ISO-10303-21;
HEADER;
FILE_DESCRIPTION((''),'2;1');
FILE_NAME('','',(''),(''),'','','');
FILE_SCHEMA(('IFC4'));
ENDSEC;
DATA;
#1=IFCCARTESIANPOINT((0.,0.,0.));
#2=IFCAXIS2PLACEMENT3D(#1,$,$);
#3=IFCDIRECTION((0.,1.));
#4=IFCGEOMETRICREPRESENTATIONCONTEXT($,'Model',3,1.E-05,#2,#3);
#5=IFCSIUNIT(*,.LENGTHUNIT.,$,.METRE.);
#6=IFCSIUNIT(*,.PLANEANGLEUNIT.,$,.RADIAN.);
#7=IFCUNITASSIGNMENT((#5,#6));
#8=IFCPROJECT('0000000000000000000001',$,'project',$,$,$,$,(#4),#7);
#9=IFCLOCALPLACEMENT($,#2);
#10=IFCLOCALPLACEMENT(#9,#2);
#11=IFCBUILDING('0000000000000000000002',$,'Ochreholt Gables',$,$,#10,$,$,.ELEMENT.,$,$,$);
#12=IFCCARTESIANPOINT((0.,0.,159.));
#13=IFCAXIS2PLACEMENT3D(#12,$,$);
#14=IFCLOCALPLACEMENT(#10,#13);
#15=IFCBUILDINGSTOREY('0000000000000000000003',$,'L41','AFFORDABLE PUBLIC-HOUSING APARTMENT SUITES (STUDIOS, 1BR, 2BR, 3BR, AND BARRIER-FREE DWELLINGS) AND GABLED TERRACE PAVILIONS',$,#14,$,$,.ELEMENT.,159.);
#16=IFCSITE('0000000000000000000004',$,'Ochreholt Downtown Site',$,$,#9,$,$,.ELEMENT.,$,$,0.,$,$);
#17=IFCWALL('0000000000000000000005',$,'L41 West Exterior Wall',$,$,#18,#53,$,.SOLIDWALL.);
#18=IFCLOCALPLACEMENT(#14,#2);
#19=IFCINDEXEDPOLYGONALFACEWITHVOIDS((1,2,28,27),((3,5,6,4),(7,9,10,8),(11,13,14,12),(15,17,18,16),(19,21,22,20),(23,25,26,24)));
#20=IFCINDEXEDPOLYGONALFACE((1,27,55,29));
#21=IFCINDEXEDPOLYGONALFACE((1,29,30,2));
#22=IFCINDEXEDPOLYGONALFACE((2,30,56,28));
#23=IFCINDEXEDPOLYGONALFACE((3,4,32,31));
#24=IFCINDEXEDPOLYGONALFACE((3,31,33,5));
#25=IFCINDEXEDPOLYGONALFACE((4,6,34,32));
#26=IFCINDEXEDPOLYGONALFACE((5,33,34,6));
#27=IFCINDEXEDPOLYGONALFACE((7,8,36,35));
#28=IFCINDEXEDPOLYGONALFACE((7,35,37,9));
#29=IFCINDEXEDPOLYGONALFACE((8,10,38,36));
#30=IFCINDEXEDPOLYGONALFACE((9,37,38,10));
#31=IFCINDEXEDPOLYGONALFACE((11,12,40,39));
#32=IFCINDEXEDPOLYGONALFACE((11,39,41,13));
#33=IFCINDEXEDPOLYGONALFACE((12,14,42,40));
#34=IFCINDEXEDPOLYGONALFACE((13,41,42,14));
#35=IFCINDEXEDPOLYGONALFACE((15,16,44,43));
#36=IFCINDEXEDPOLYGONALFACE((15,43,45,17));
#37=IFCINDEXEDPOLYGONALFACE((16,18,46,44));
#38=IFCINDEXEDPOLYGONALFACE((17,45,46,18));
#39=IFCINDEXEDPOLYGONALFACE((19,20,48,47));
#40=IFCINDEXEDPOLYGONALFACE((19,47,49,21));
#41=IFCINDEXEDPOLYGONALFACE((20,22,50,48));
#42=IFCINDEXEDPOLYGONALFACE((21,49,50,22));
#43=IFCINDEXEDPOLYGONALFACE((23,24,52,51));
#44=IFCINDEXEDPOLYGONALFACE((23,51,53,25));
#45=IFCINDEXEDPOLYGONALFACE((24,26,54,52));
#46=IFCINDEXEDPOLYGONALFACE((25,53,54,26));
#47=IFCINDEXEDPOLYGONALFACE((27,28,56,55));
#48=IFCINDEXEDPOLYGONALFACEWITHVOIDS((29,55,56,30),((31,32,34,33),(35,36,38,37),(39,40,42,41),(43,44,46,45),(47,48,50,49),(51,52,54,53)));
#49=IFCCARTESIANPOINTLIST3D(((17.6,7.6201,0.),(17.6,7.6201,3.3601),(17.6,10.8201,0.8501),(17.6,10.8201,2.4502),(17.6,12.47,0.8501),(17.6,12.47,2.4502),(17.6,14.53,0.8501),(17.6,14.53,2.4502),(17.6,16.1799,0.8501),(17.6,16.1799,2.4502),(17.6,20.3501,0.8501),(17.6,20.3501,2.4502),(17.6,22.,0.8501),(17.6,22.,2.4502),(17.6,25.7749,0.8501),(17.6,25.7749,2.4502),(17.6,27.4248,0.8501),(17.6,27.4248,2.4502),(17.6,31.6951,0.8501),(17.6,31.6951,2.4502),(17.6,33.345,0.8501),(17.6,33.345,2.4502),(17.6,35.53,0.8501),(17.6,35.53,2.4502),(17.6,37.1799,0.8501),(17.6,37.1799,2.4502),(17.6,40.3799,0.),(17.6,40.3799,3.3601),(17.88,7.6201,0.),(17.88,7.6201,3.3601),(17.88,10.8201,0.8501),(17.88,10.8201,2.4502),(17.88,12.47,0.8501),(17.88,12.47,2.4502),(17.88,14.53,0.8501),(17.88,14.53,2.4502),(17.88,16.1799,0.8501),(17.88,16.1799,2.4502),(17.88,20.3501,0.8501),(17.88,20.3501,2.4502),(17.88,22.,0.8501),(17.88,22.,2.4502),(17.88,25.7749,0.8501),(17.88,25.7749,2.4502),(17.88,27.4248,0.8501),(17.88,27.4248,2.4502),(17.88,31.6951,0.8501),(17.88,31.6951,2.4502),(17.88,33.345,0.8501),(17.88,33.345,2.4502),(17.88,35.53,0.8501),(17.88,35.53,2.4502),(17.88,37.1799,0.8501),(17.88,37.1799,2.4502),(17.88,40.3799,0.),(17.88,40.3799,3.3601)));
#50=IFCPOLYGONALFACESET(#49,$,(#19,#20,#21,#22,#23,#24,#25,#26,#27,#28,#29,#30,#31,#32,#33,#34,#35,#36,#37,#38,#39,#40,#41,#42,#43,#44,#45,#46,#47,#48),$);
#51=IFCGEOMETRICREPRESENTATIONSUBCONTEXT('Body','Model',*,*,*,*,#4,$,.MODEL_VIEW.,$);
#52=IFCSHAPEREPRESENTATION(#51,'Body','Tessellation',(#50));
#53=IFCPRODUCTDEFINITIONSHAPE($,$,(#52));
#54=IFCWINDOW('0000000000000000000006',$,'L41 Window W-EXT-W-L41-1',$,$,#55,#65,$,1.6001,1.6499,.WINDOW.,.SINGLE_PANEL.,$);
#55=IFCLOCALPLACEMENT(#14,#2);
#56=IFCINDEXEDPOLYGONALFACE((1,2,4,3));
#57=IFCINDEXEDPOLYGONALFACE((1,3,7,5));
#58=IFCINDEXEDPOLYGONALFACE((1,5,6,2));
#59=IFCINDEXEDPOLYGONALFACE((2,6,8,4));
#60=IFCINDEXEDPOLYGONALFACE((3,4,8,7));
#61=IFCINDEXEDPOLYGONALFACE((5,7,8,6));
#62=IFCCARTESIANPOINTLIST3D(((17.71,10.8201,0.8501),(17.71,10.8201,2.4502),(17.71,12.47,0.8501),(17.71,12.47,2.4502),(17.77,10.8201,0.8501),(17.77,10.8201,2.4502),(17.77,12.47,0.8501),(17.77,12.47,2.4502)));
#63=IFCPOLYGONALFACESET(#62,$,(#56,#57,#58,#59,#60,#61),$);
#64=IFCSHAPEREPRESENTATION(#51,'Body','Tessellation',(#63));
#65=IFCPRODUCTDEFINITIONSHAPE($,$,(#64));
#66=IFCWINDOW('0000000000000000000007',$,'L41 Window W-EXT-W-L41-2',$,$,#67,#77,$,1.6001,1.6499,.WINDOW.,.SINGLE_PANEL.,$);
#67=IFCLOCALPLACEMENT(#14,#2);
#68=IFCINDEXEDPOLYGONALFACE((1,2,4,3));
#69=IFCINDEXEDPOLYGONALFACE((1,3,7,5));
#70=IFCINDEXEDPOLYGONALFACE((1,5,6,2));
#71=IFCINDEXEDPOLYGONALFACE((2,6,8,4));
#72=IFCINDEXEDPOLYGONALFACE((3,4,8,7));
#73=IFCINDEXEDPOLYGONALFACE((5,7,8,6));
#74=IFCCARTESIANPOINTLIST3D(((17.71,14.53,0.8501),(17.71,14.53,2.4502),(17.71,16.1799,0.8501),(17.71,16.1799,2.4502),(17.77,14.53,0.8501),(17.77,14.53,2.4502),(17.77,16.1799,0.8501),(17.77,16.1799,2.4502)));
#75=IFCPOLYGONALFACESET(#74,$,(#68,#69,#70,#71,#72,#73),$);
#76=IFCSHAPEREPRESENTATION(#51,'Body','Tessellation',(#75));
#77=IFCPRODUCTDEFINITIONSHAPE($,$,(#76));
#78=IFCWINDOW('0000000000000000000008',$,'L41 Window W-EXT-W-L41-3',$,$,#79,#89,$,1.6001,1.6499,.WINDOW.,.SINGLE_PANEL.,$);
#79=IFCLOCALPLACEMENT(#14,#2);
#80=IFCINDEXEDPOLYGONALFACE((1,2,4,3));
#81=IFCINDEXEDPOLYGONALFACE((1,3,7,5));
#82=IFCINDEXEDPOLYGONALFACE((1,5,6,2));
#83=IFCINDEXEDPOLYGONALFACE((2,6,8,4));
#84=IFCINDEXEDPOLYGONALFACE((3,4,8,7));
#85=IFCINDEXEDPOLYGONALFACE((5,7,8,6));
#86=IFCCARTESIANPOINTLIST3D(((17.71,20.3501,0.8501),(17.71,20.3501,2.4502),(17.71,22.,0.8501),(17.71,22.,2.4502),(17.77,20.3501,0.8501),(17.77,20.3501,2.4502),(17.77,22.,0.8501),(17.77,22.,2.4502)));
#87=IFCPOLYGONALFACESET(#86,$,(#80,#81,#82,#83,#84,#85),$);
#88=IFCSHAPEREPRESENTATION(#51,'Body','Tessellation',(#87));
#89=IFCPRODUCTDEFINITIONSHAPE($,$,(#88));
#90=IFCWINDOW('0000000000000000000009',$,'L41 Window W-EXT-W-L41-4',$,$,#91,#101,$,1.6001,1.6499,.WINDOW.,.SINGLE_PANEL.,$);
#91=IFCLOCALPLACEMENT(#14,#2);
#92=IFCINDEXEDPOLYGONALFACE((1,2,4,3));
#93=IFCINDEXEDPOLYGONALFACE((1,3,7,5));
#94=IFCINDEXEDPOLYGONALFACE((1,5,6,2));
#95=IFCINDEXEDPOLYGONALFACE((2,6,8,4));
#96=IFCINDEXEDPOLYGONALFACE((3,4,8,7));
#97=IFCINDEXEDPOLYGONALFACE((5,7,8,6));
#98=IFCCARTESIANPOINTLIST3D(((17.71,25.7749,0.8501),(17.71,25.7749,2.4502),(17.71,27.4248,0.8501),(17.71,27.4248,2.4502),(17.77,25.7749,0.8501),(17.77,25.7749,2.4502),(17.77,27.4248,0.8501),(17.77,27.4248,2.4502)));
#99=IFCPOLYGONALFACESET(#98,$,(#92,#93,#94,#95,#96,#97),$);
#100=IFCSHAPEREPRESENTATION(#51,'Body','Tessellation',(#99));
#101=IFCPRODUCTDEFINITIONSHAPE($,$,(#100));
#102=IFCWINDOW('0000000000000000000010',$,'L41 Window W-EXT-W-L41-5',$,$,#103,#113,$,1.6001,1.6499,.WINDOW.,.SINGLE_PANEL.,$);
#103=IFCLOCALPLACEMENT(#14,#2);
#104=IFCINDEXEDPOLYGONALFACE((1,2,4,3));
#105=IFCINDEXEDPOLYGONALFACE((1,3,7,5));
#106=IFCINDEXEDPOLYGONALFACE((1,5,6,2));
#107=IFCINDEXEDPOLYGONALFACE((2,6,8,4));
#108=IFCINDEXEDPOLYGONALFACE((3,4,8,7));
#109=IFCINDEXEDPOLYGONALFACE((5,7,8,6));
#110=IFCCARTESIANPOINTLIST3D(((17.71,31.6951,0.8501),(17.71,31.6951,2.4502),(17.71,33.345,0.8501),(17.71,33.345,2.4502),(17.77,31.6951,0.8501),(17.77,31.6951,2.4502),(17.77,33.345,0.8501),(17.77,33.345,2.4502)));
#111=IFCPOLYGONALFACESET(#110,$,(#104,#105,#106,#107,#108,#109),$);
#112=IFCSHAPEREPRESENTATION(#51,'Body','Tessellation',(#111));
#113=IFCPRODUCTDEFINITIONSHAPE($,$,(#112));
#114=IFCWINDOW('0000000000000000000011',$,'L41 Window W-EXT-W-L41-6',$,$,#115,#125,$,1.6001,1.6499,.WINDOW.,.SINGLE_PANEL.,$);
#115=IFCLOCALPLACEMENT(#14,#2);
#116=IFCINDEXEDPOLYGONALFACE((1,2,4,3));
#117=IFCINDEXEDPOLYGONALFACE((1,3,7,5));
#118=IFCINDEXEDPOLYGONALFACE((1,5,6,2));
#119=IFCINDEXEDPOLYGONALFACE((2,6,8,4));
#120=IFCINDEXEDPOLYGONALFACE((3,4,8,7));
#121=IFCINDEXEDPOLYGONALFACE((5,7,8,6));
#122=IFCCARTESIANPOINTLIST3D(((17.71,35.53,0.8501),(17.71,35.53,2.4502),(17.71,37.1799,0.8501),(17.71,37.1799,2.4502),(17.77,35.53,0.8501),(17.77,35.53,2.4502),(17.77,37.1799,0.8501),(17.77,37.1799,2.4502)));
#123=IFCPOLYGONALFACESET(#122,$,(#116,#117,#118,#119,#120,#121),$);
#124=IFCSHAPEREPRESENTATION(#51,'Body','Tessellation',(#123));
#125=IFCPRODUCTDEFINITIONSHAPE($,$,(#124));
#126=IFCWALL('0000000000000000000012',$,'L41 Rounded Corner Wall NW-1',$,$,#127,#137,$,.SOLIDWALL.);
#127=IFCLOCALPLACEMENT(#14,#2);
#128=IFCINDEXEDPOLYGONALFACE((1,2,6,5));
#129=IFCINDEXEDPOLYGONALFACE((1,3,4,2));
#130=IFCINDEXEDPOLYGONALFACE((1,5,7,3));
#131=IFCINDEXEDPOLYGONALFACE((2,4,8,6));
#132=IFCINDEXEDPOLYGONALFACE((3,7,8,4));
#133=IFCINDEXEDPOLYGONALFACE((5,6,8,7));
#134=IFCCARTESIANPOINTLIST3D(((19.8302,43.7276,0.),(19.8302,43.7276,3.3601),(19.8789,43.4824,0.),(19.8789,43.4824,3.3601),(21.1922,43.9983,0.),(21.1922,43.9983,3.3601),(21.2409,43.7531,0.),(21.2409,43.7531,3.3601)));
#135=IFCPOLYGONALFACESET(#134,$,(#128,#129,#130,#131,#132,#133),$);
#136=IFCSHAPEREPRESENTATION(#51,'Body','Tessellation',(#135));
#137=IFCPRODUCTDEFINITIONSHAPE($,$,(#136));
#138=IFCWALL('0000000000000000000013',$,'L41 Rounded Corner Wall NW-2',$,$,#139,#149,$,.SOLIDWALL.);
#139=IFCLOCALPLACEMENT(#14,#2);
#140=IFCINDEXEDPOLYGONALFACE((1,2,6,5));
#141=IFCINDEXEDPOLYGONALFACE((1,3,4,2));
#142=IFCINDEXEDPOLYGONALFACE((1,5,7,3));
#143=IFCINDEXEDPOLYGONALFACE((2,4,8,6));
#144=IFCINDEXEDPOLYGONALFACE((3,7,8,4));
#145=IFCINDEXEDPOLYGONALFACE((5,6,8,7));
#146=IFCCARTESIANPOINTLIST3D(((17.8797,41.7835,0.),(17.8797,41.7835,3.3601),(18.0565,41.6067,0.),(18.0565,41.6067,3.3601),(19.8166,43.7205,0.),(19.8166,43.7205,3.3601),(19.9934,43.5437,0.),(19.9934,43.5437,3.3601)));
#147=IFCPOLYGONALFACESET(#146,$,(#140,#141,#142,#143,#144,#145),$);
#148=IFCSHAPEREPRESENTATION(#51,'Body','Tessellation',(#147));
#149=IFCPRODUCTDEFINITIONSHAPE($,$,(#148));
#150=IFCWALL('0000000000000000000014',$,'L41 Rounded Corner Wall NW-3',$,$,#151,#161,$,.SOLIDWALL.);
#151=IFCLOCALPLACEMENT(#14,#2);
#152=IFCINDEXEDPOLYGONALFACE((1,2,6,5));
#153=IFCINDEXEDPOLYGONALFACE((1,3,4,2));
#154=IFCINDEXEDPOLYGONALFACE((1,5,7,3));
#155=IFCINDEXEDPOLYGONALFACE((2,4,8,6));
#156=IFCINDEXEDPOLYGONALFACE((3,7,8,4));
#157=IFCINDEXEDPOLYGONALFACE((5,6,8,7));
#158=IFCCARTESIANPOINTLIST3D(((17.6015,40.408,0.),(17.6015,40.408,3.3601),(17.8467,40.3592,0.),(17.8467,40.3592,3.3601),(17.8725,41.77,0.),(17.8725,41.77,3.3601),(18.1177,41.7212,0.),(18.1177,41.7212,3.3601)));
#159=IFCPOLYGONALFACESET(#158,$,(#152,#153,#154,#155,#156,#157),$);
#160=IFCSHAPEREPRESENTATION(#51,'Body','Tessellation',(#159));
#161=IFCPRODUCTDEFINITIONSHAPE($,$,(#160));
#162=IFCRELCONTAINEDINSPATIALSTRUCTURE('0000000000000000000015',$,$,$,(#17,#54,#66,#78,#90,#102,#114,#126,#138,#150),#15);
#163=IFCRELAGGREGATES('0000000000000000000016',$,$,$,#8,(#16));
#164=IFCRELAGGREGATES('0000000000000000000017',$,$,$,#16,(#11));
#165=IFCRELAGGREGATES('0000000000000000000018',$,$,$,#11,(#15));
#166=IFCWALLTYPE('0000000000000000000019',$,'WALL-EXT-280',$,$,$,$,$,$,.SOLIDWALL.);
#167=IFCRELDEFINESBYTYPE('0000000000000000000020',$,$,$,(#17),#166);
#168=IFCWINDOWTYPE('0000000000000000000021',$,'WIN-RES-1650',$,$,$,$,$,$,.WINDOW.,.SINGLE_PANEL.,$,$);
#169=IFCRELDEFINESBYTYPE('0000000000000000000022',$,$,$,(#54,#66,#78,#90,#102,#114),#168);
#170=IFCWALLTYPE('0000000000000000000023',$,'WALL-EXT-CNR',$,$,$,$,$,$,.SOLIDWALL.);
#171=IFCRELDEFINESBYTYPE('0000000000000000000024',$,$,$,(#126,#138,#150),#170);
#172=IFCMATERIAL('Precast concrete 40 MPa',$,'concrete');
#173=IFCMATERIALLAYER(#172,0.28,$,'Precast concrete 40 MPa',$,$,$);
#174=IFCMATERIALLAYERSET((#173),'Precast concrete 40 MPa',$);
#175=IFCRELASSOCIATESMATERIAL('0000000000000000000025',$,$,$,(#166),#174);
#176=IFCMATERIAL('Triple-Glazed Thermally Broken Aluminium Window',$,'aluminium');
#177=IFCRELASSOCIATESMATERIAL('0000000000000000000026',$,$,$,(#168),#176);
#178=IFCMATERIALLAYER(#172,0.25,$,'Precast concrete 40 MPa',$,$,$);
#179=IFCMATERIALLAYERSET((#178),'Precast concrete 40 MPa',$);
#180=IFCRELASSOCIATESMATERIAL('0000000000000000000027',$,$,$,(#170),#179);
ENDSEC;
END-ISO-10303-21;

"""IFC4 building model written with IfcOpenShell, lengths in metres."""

from ifc_helpers import new_model, si_unit, direction, frame, frame_2d, origin, place, context, subcontext, project, spatial, rectangle, extrude, material, layer, layer_set, type_object, element, fill, save


model = new_model("IFC4")

# Units and contexts
model_context = context("Model", 3, precision=1e-05, world=origin(), true_north=direction((0.0, 1.0)))
body_context = subcontext(model_context, "Body", "Model", "MODEL_VIEW")
ifc_project = project(units=[si_unit("LENGTHUNIT", "METRE"), si_unit("PLANEANGLEUNIT", "RADIAN")], contexts=[model_context])

# Site, building, storey
site_placement = place(None, origin())
site = spatial("IfcSite", under=ifc_project, at=site_placement, Name="Ochreholt Downtown Site", CompositionType="ELEMENT", RefElevation=0.0)
building_placement = place(site_placement, origin())
building = spatial("IfcBuilding", under=site, at=building_placement, Name="Ochreholt Gables", CompositionType="ELEMENT")
storey_placement = place(building_placement, frame((0.0, 0.0, 159.0)))
storey = spatial("IfcBuildingStorey", under=building, at=storey_placement, Name="L41", Description="AFFORDABLE PUBLIC-HOUSING APARTMENT SUITES (STUDIOS, 1BR, 2BR, 3BR, AND BARRIER-FREE DWELLINGS) AND GABLED TERRACE PAVILIONS", CompositionType="ELEMENT", Elevation=159.0)

# Wall, openings, windows
ifc_material_1 = material(Name="Precast concrete 40 MPa", Category="concrete")
ifc_layer_1 = layer(ifc_material_1, 0.28, Name="Precast concrete 40 MPa")
ifc_layer_set_1 = layer_set([ifc_layer_1], Name="Precast concrete 40 MPa")
wall_type_1 = type_object("IfcWallType", Name="WALL-EXT-280", PredefinedType="SOLIDWALL", material=ifc_layer_set_1)
wall_1_placement = place(storey_placement, frame((17.74, 40.3799, 0.0), z_axis=(0.0, 0.0, 1.0), x_axis=(0.0, -1.0, 0.0)))
wall_1 = element("IfcWall", 1, at=wall_1_placement, inside=storey, type_object=wall_type_1, Name="L41 West Exterior Wall", PredefinedType="SOLIDWALL", context=body_context, shape_type="SweptSolid", body=[
    extrude(rectangle(XDim=32.7598, YDim=0.28, at=frame_2d((16.3799, 0.0))), origin(), (0.0, 0.0, 1.0), 3.3601),
])
opening_1_placement = place(wall_1_placement, frame((27.9099, 0.0, 0.8501)))
opening_1 = element("IfcOpeningElement", 2, at=opening_1_placement, cuts=wall_1, PredefinedType="OPENING", context=body_context, shape_type="SweptSolid", body=[
    extrude(rectangle(XDim=1.6499, YDim=1.6001, at=frame_2d((0.825, 0.8))), frame((0.0, 0.1499, 0.0), z_axis=(0.0, -1.0, 0.0), x_axis=(1.0, 0.0, 0.0)), (0.0, 0.0, 1.0), 0.3),
])
opening_2_placement = place(wall_1_placement, frame((24.2, 0.0, 0.8501)))
opening_2 = element("IfcOpeningElement", 3, at=opening_2_placement, cuts=wall_1, PredefinedType="OPENING", context=body_context, shape_type="SweptSolid", body=[
    extrude(rectangle(XDim=1.6499, YDim=1.6001, at=frame_2d((0.825, 0.8))), frame((0.0, 0.1499, 0.0), z_axis=(0.0, -1.0, 0.0), x_axis=(1.0, 0.0, 0.0)), (0.0, 0.0, 1.0), 0.3),
])
opening_3_placement = place(wall_1_placement, frame((18.3799, 0.0, 0.8501)))
opening_3 = element("IfcOpeningElement", 4, at=opening_3_placement, cuts=wall_1, PredefinedType="OPENING", context=body_context, shape_type="SweptSolid", body=[
    extrude(rectangle(XDim=1.6499, YDim=1.6001, at=frame_2d((0.825, 0.8))), frame((0.0, 0.1499, 0.0), z_axis=(0.0, -1.0, 0.0), x_axis=(1.0, 0.0, 0.0)), (0.0, 0.0, 1.0), 0.3),
])
opening_4_placement = place(wall_1_placement, frame((12.9551, 0.0, 0.8501)))
opening_4 = element("IfcOpeningElement", 5, at=opening_4_placement, cuts=wall_1, PredefinedType="OPENING", context=body_context, shape_type="SweptSolid", body=[
    extrude(rectangle(XDim=1.6499, YDim=1.6001, at=frame_2d((0.825, 0.8))), frame((0.0, 0.1499, 0.0), z_axis=(0.0, -1.0, 0.0), x_axis=(1.0, 0.0, 0.0)), (0.0, 0.0, 1.0), 0.3),
])
opening_5_placement = place(wall_1_placement, frame((7.0349, 0.0, 0.8501)))
opening_5 = element("IfcOpeningElement", 6, at=opening_5_placement, cuts=wall_1, PredefinedType="OPENING", context=body_context, shape_type="SweptSolid", body=[
    extrude(rectangle(XDim=1.6499, YDim=1.6001, at=frame_2d((0.825, 0.8))), frame((0.0, 0.1499, 0.0), z_axis=(0.0, -1.0, 0.0), x_axis=(1.0, 0.0, 0.0)), (0.0, 0.0, 1.0), 0.3),
])
opening_6_placement = place(wall_1_placement, frame((3.2, 0.0, 0.8501)))
opening_6 = element("IfcOpeningElement", 7, at=opening_6_placement, cuts=wall_1, PredefinedType="OPENING", context=body_context, shape_type="SweptSolid", body=[
    extrude(rectangle(XDim=1.6499, YDim=1.6001, at=frame_2d((0.825, 0.8))), frame((0.0, 0.1499, 0.0), z_axis=(0.0, -1.0, 0.0), x_axis=(1.0, 0.0, 0.0)), (0.0, 0.0, 1.0), 0.3),
])
ifc_material_2 = material(Name="Triple-Glazed Thermally Broken Aluminium Window", Category="aluminium")
window_type = type_object("IfcWindowType", Name="WIN-RES-1650", PartitioningType="SINGLE_PANEL", PredefinedType="WINDOW", material=ifc_material_2)
window_1_placement = place(opening_1_placement, origin())
window_1 = element("IfcWindow", 8, at=window_1_placement, inside=storey, type_object=window_type, Name="L41 Window W-EXT-W-L41-1", OverallHeight=1.6001, OverallWidth=1.6499, PartitioningType="SINGLE_PANEL", PredefinedType="WINDOW", context=body_context, shape_type="SweptSolid", body=[
    extrude(rectangle(XDim=1.6499, YDim=1.6001, at=frame_2d((0.825, 0.8))), frame((0.0, 0.03, 0.0), z_axis=(0.0, -1.0, 0.0), x_axis=(1.0, 0.0, 0.0)), (0.0, 0.0, 1.0), 0.0601),
])
fill(opening_1, window_1)
window_2_placement = place(opening_2_placement, origin())
window_2 = element("IfcWindow", 9, at=window_2_placement, inside=storey, type_object=window_type, Name="L41 Window W-EXT-W-L41-2", OverallHeight=1.6001, OverallWidth=1.6499, PartitioningType="SINGLE_PANEL", PredefinedType="WINDOW", context=body_context, shape_type="SweptSolid", body=[
    extrude(rectangle(XDim=1.6499, YDim=1.6001, at=frame_2d((0.825, 0.8))), frame((0.0, 0.03, 0.0), z_axis=(0.0, -1.0, 0.0), x_axis=(1.0, 0.0, 0.0)), (0.0, 0.0, 1.0), 0.0601),
])
fill(opening_2, window_2)
window_3_placement = place(opening_3_placement, origin())
window_3 = element("IfcWindow", 10, at=window_3_placement, inside=storey, type_object=window_type, Name="L41 Window W-EXT-W-L41-3", OverallHeight=1.6001, OverallWidth=1.6499, PartitioningType="SINGLE_PANEL", PredefinedType="WINDOW", context=body_context, shape_type="SweptSolid", body=[
    extrude(rectangle(XDim=1.6499, YDim=1.6001, at=frame_2d((0.825, 0.8))), frame((0.0, 0.03, 0.0), z_axis=(0.0, -1.0, 0.0), x_axis=(1.0, 0.0, 0.0)), (0.0, 0.0, 1.0), 0.0601),
])
fill(opening_3, window_3)
window_4_placement = place(opening_4_placement, origin())
window_4 = element("IfcWindow", 11, at=window_4_placement, inside=storey, type_object=window_type, Name="L41 Window W-EXT-W-L41-4", OverallHeight=1.6001, OverallWidth=1.6499, PartitioningType="SINGLE_PANEL", PredefinedType="WINDOW", context=body_context, shape_type="SweptSolid", body=[
    extrude(rectangle(XDim=1.6499, YDim=1.6001, at=frame_2d((0.825, 0.8))), frame((0.0, 0.03, 0.0), z_axis=(0.0, -1.0, 0.0), x_axis=(1.0, 0.0, 0.0)), (0.0, 0.0, 1.0), 0.0601),
])
fill(opening_4, window_4)
window_5_placement = place(opening_5_placement, origin())
window_5 = element("IfcWindow", 12, at=window_5_placement, inside=storey, type_object=window_type, Name="L41 Window W-EXT-W-L41-5", OverallHeight=1.6001, OverallWidth=1.6499, PartitioningType="SINGLE_PANEL", PredefinedType="WINDOW", context=body_context, shape_type="SweptSolid", body=[
    extrude(rectangle(XDim=1.6499, YDim=1.6001, at=frame_2d((0.825, 0.8))), frame((0.0, 0.03, 0.0), z_axis=(0.0, -1.0, 0.0), x_axis=(1.0, 0.0, 0.0)), (0.0, 0.0, 1.0), 0.0601),
])
fill(opening_5, window_5)
window_6_placement = place(opening_6_placement, origin())
window_6 = element("IfcWindow", 13, at=window_6_placement, inside=storey, type_object=window_type, Name="L41 Window W-EXT-W-L41-6", OverallHeight=1.6001, OverallWidth=1.6499, PartitioningType="SINGLE_PANEL", PredefinedType="WINDOW", context=body_context, shape_type="SweptSolid", body=[
    extrude(rectangle(XDim=1.6499, YDim=1.6001, at=frame_2d((0.825, 0.8))), frame((0.0, 0.03, 0.0), z_axis=(0.0, -1.0, 0.0), x_axis=(1.0, 0.0, 0.0)), (0.0, 0.0, 1.0), 0.0601),
])
fill(opening_6, window_6)

# Walls
ifc_layer_2 = layer(ifc_material_1, 0.25, Name="Precast concrete 40 MPa")
ifc_layer_set_2 = layer_set([ifc_layer_2], Name="Precast concrete 40 MPa")
wall_type_2 = type_object("IfcWallType", Name="WALL-EXT-CNR", PredefinedType="SOLIDWALL", material=ifc_layer_set_2)
wall_2_placement = place(storey_placement, frame((21.2166, 43.8757, 0.0), z_axis=(0.0, 0.0, 1.0), x_axis=(-0.98081, -0.194967, 0.0)))
element("IfcWall", 14, at=wall_2_placement, inside=storey, type_object=wall_type_2, Name="L41 Rounded Corner Wall NW-1", PredefinedType="SOLIDWALL", context=body_context, shape_type="SweptSolid", body=[
    extrude(rectangle(XDim=1.3887, YDim=0.25, at=frame_2d((0.6943, 0.0))), origin(), (0.0, 0.0, 1.0), 3.3601),
])
wall_3_placement = place(storey_placement, frame((19.905, 43.6321, 0.0), z_axis=(0.0, 0.0, 1.0), x_axis=(-0.707107, -0.707107, 0.0)))
element("IfcWall", 15, at=wall_3_placement, inside=storey, type_object=wall_type_2, Name="L41 Rounded Corner Wall NW-2", PredefinedType="SOLIDWALL", context=body_context, shape_type="SweptSolid", body=[
    extrude(rectangle(XDim=2.7393, YDim=0.25, at=frame_2d((1.3696, 0.0))), origin(), (0.0, 0.0, 1.0), 3.3601),
])
wall_4_placement = place(storey_placement, frame((17.9951, 41.7456, 0.0), z_axis=(0.0, 0.0, 1.0), x_axis=(-0.195136, -0.980776, 0.0)))
element("IfcWall", 16, at=wall_4_placement, inside=storey, type_object=wall_type_2, Name="L41 Rounded Corner Wall NW-3", PredefinedType="SOLIDWALL", context=body_context, shape_type="SweptSolid", body=[
    extrude(rectangle(XDim=1.3887, YDim=0.25, at=frame_2d((0.6943, 0.0))), origin(), (0.0, 0.0, 1.0), 3.3601),
])

save(model, "model.ifc")
